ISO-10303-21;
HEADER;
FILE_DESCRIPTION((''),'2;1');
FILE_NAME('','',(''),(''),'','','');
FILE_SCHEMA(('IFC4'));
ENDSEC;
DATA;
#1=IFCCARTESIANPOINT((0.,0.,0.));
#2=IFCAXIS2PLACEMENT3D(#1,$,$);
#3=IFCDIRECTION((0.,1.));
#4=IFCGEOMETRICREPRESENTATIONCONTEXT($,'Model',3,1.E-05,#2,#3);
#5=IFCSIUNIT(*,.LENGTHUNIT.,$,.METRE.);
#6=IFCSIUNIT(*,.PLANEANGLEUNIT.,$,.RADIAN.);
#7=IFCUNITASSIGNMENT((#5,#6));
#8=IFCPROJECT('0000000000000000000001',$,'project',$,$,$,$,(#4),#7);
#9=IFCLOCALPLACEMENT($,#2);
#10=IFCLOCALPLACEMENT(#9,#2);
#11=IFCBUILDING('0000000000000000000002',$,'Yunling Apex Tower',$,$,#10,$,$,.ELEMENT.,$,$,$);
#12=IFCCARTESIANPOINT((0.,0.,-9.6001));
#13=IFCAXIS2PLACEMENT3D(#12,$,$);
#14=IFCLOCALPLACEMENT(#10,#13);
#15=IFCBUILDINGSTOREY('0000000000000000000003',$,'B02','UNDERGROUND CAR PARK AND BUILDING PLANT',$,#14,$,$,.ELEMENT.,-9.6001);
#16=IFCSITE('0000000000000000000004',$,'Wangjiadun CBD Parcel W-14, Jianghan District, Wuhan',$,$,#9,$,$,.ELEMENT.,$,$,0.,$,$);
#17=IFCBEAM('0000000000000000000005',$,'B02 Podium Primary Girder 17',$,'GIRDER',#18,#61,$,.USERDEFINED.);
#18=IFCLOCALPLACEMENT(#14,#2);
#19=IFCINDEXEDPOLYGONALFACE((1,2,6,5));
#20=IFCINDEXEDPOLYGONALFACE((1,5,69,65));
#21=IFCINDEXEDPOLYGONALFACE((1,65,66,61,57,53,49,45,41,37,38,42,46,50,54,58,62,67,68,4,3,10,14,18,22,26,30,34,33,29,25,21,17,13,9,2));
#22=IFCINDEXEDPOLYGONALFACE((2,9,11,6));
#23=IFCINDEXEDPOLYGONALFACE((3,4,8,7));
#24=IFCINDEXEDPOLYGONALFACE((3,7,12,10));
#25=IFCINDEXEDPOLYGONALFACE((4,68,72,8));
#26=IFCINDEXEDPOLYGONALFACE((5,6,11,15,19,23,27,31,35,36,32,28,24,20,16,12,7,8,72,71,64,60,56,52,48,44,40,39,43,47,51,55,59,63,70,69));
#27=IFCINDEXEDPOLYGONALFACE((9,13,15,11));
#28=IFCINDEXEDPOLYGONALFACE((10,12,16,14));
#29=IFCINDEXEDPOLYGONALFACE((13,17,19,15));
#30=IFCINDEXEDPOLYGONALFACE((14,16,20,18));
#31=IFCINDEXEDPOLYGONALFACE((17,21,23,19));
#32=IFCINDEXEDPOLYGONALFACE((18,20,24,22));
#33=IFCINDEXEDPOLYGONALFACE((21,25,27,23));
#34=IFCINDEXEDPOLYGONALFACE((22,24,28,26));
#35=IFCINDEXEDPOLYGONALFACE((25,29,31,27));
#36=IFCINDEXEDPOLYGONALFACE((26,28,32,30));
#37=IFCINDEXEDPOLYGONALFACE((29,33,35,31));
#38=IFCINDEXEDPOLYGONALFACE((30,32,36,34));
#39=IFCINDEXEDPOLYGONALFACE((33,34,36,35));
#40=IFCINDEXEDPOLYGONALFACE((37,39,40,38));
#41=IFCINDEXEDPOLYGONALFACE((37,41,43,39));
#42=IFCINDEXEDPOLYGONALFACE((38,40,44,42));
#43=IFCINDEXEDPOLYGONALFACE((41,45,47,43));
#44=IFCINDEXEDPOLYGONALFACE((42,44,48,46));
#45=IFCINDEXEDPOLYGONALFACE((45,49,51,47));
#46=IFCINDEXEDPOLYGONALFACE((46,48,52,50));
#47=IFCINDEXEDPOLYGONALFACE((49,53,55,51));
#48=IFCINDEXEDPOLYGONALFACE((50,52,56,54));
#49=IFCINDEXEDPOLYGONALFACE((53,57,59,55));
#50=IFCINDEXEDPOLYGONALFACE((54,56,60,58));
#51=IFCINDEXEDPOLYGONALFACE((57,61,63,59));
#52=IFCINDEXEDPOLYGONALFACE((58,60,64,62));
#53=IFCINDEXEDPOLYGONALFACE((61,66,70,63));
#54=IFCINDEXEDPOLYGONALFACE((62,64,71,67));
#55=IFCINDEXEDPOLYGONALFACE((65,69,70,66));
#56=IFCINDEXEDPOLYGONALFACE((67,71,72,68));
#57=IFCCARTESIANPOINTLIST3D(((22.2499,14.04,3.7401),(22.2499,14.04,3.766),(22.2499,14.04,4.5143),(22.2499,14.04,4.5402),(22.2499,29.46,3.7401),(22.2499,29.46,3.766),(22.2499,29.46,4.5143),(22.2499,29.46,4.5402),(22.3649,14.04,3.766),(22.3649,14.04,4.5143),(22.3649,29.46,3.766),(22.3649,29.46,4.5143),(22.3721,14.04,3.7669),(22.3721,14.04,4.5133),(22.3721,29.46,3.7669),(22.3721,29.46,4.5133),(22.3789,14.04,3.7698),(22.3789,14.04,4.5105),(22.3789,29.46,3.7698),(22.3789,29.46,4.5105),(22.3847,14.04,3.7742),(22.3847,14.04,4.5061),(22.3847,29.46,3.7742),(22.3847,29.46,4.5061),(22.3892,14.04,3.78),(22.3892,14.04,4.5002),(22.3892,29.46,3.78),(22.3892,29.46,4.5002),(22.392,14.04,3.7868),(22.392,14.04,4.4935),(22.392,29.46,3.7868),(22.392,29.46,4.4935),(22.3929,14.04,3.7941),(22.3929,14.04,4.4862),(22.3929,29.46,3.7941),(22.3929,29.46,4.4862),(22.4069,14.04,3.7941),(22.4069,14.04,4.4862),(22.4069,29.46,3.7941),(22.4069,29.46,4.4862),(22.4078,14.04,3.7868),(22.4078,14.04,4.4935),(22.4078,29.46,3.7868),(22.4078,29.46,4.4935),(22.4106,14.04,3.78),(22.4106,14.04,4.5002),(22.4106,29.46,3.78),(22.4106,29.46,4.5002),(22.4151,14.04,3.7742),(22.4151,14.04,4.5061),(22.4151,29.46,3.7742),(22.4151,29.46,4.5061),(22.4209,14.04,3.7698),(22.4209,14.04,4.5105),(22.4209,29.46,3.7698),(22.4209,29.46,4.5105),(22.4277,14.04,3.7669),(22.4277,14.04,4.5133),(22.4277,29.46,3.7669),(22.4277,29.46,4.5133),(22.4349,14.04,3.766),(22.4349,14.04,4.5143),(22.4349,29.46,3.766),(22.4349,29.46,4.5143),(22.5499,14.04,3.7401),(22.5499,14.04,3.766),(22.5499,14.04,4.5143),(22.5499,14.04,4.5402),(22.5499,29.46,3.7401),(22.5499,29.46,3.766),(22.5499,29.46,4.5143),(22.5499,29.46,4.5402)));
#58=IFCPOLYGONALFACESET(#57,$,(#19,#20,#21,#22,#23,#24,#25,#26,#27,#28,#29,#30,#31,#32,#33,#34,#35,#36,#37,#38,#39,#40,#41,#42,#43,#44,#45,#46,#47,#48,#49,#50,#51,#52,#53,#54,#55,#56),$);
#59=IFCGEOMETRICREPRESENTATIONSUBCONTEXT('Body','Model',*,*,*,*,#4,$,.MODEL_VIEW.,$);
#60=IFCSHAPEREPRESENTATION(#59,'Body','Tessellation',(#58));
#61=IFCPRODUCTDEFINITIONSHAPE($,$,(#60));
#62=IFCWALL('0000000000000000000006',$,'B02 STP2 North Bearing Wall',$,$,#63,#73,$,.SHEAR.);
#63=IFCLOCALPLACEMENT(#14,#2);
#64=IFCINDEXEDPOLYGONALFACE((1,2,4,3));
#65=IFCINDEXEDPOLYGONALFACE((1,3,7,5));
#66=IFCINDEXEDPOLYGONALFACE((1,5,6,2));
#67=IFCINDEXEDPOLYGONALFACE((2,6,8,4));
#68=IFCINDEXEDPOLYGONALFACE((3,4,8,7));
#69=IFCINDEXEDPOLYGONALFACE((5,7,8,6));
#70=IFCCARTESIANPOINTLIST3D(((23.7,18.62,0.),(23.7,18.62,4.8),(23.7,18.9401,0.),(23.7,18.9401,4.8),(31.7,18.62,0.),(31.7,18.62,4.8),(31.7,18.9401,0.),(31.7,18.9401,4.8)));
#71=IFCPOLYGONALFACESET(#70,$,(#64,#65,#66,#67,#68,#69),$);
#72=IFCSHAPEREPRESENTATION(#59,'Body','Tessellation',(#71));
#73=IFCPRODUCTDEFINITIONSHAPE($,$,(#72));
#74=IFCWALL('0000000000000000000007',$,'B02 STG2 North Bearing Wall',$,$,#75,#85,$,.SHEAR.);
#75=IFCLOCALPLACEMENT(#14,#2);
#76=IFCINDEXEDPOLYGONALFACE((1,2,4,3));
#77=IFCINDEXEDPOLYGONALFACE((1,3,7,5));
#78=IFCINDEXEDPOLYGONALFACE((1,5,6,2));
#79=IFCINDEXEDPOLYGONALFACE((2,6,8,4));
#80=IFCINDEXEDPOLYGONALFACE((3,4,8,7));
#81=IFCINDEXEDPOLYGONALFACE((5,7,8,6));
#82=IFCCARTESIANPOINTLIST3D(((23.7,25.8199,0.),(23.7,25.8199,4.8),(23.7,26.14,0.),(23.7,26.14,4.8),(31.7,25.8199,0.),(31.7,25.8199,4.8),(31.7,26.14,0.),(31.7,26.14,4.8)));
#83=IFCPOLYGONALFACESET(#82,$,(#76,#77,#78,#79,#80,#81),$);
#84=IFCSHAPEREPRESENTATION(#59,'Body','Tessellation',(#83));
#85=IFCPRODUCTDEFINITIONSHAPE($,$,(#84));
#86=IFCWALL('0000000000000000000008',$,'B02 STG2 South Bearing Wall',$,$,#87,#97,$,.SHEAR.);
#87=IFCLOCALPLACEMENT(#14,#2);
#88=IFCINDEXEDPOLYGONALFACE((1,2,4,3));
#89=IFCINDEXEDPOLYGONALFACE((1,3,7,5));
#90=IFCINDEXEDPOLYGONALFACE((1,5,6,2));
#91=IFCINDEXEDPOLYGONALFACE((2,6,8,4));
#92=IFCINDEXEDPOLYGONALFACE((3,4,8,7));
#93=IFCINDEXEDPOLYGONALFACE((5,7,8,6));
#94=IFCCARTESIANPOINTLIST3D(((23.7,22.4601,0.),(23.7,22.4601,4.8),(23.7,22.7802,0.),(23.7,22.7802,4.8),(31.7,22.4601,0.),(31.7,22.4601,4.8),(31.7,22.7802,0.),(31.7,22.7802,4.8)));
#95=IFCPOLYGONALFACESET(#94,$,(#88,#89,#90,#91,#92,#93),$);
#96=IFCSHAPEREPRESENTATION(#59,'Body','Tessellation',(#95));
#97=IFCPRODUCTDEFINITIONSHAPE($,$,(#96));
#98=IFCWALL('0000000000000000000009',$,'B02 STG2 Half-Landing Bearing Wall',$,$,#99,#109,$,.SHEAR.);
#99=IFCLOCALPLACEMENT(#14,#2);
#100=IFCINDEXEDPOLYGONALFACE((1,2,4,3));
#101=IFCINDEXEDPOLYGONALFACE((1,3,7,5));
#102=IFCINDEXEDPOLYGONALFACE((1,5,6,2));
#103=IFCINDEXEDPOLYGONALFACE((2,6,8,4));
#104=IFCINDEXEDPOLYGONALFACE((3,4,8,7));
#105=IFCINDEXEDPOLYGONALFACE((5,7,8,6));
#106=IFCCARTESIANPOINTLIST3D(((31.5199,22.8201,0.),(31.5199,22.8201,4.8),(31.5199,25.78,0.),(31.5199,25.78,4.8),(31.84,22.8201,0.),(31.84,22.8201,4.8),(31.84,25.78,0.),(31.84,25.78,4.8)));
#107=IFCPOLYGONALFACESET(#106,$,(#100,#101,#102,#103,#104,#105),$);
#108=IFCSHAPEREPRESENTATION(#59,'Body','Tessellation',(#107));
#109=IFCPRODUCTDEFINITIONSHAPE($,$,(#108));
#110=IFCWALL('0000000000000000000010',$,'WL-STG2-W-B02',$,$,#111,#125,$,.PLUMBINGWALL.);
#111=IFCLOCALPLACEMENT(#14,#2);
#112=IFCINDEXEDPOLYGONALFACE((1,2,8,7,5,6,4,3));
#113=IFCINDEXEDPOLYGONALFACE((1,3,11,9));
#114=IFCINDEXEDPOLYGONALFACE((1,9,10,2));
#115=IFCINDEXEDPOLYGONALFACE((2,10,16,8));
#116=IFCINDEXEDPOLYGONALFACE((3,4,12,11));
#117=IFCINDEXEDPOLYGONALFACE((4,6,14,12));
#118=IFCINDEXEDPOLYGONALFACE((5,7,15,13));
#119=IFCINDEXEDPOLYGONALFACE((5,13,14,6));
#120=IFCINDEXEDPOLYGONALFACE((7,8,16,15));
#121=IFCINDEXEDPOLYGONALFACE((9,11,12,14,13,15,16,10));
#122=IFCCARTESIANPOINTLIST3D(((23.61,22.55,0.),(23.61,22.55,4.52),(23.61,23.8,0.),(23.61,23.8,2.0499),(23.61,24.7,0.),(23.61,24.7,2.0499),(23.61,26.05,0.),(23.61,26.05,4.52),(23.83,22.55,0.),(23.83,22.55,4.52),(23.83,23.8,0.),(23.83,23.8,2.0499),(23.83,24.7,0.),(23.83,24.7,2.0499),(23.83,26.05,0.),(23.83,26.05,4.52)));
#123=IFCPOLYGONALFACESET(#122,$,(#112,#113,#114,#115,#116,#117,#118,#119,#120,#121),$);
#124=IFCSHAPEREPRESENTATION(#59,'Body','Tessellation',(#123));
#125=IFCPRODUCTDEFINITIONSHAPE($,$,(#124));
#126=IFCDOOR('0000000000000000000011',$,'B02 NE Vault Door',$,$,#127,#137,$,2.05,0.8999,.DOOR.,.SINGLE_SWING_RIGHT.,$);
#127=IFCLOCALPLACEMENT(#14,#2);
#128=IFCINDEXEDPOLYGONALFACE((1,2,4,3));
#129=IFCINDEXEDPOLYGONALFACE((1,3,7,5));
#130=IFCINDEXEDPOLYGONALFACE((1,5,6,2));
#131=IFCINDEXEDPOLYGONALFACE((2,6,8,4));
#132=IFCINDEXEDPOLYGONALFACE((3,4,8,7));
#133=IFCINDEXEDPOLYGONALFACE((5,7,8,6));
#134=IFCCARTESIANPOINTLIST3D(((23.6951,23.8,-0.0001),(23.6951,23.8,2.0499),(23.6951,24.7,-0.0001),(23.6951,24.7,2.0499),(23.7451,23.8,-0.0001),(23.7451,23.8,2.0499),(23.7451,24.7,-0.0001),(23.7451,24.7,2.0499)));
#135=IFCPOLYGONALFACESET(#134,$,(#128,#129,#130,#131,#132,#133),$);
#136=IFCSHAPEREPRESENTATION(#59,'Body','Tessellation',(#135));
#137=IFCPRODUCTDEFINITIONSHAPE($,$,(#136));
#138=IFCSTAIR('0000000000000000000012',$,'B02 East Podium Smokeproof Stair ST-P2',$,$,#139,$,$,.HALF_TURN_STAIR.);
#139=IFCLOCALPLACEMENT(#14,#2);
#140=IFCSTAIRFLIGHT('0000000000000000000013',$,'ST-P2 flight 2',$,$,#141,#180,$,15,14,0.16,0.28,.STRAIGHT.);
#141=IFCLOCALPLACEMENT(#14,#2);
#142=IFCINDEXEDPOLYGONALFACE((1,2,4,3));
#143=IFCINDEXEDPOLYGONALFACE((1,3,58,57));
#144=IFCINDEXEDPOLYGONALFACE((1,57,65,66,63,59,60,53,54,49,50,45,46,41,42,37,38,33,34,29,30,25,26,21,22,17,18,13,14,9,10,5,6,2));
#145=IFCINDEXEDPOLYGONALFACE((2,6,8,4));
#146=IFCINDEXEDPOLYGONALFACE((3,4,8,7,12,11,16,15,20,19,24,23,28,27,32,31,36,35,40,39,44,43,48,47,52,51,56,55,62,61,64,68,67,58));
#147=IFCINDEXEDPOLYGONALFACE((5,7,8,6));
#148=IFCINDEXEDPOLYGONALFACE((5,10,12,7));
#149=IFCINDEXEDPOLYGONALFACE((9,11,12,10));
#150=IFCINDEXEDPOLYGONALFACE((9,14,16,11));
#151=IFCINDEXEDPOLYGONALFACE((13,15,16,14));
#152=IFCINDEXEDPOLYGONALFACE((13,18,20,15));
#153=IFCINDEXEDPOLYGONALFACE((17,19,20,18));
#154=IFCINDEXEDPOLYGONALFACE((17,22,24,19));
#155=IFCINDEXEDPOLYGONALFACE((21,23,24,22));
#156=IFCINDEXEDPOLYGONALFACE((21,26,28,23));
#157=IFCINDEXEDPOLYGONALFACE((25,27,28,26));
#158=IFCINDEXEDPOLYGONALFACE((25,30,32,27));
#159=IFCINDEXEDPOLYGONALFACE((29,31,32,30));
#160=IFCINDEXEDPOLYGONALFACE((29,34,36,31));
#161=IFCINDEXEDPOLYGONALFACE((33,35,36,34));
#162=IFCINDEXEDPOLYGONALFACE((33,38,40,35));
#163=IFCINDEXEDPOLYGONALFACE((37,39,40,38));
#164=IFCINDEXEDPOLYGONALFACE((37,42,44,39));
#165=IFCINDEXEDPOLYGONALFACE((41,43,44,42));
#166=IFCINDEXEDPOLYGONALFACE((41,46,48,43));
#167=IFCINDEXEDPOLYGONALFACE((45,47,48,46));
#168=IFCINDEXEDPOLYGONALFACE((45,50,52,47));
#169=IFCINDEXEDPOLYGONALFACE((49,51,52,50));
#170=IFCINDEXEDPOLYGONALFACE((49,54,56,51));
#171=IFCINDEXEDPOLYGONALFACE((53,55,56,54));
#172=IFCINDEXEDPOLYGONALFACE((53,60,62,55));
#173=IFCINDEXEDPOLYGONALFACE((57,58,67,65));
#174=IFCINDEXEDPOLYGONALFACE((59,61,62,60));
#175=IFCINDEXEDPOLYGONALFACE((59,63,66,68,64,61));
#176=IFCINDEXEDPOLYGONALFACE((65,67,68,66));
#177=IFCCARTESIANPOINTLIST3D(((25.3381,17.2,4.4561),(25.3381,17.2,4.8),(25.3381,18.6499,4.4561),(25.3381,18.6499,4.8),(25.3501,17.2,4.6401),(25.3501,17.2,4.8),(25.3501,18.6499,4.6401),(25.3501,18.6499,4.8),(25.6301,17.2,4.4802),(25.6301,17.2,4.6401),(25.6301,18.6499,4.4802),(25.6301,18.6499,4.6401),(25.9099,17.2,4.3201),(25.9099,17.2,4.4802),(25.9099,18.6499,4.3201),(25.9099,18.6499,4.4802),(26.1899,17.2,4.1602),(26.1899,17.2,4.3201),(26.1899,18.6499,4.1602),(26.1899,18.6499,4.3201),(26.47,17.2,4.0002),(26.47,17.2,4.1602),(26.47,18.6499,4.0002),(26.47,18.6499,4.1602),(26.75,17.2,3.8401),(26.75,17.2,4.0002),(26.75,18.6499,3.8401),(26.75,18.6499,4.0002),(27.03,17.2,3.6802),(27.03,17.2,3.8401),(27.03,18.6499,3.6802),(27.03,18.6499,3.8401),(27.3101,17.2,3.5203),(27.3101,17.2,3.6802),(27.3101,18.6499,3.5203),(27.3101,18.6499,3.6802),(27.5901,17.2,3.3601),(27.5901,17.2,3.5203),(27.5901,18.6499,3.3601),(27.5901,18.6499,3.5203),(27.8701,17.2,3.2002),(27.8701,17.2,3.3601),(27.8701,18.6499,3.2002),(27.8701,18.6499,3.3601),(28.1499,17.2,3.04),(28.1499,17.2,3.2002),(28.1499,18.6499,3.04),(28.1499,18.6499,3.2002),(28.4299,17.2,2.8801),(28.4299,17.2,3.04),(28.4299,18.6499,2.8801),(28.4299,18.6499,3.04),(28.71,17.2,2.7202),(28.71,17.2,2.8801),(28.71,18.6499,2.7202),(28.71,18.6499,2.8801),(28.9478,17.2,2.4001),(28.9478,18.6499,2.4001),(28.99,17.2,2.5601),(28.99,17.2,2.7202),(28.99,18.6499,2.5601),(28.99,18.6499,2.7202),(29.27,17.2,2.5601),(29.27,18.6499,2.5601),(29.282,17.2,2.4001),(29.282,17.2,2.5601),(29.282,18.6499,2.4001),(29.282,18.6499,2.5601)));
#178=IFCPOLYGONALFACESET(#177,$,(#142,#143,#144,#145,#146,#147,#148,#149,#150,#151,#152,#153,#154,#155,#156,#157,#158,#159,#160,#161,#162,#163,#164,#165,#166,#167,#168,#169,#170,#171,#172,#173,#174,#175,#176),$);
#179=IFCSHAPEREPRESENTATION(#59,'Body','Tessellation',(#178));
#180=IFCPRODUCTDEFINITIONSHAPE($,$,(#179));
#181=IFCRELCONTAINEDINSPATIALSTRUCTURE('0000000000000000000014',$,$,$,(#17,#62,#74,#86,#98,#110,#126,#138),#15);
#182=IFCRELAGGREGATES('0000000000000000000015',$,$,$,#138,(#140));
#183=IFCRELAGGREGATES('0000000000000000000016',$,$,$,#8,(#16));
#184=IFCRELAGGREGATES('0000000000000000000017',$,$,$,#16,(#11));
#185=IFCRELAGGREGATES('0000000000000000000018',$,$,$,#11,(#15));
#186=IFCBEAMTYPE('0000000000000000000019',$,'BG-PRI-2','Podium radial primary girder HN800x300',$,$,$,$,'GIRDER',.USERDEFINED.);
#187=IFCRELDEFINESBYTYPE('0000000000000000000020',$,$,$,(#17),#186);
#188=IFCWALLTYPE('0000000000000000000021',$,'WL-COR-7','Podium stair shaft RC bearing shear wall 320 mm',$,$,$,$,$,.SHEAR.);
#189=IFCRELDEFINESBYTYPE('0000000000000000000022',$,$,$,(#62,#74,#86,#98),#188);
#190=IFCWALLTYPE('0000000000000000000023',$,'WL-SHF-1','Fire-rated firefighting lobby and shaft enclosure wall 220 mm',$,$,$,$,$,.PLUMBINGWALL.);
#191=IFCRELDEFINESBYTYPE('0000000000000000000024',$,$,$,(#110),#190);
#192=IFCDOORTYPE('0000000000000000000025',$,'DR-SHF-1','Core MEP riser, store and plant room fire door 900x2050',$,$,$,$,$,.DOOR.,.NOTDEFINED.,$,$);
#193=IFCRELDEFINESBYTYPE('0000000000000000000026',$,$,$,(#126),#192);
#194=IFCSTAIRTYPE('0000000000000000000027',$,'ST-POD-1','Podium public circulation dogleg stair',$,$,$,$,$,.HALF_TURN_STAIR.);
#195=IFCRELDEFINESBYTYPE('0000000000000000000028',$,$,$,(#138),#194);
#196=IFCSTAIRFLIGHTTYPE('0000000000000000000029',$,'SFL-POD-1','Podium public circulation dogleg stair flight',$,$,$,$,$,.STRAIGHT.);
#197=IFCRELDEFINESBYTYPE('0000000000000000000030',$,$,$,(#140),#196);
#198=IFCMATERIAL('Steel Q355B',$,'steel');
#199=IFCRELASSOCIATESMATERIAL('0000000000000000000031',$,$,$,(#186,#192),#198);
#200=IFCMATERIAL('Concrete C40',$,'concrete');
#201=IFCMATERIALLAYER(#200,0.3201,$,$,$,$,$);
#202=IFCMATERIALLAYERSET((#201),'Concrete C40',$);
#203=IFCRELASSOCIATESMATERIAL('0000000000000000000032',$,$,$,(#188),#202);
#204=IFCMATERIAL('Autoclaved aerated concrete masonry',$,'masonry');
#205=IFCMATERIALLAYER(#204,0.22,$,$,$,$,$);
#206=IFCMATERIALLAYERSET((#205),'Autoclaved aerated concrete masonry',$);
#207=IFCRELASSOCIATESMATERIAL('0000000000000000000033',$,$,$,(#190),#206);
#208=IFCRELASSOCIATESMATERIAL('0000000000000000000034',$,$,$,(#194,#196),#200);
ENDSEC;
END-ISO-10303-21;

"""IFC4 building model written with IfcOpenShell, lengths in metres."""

from ifc_helpers import new_model, si_unit, direction, frame, frame_2d, origin, origin_2d, place, context, subcontext, project, spatial, polyline, rectangle, i_section, outline, extrude, source, transform, mapped, material, layer, layer_set, material_profile, profile_set, type_object, element, fill, aggregate, save


model = new_model("IFC4")

# Units and contexts
model_context = context("Model", 3, precision=1e-05, world=origin(), true_north=direction((0.0, 1.0)))
body_context = subcontext(model_context, "Body", "Model", "MODEL_VIEW")
ifc_project = project(units=[si_unit("LENGTHUNIT", "METRE"), si_unit("PLANEANGLEUNIT", "RADIAN")], contexts=[model_context])

# Site, building, storey
site_placement = place(None, origin())
site = spatial("IfcSite", under=ifc_project, at=site_placement, Name="Wangjiadun CBD Parcel W-14, Jianghan District, Wuhan", CompositionType="ELEMENT", RefElevation=0.0)
building_placement = place(site_placement, origin())
building = spatial("IfcBuilding", under=site, at=building_placement, Name="Yunling Apex Tower", CompositionType="ELEMENT")
storey_placement = place(building_placement, frame((0.0, 0.0, -9.6001)))
storey = spatial("IfcBuildingStorey", under=building, at=storey_placement, Name="B02", Description="UNDERGROUND CAR PARK AND BUILDING PLANT", CompositionType="ELEMENT", Elevation=-9.6001)

# Beam
ifc_material_1 = material(Name="Steel Q355B", Category="steel")
ifc_material_profile_1 = material_profile(ifc_material_1, i_section(OverallWidth=0.3, OverallDepth=0.8, WebThickness=0.0139, FlangeThickness=0.0259, FilletRadius=0.0281, at=origin_2d()))
ifc_profile_set_1 = profile_set([ifc_material_profile_1], Name="Steel Q355B")
beam_type_1 = type_object("IfcBeamType", Name="BG-PRI-2", Description="Podium radial primary girder HN800x300", ElementType="GIRDER", PredefinedType="USERDEFINED", material=ifc_profile_set_1)
shared_shape_1 = source(origin(), body_context, "Body", "SweptSolid", [
    extrude(i_section(OverallWidth=0.3, OverallDepth=0.8, WebThickness=0.0139, FlangeThickness=0.0259, FilletRadius=0.0281, at=origin_2d()), origin(), (0.0, 0.0, 1.0), 15.4199),
])
beam_1_placement = place(storey_placement, frame((22.3999, 29.46, 4.1401), z_axis=(0.0, -1.0, 0.0), x_axis=(1.0, 0.0, 0.0)))
element("IfcBeam", 1, at=beam_1_placement, inside=storey, type_object=beam_type_1, Name="B02 Podium Primary Girder 17", ObjectType="GIRDER", PredefinedType="USERDEFINED", context=body_context, shape_type="MappedRepresentation", body=[
    mapped(shared_shape_1, transform((0.0, 0.0, 0.0), scale=1.0)),
])

# Walls
ifc_material_2 = material(Name="Concrete C40", Category="concrete")
ifc_layer_1 = layer(ifc_material_2, 0.3201)
ifc_layer_set_1 = layer_set([ifc_layer_1], Name="Concrete C40")
wall_type_1 = type_object("IfcWallType", Name="WL-COR-7", Description="Podium stair shaft RC bearing shear wall 320 mm", PredefinedType="SHEAR", material=ifc_layer_set_1)
for number, where, z_axis, x_axis, name in (
    (2, (23.7, 18.78, 0.0), (0.0, 0.0, 1.0), (1.0, 0.0, 0.0), "B02 STP2 North Bearing Wall"),
    (3, (23.7, 25.98, 0.0), (0.0, 0.0, 1.0), (1.0, 0.0, 0.0), "B02 STG2 North Bearing Wall"),
    (4, (23.7, 22.6201, 0.0), (0.0, 0.0, 1.0), (1.0, 0.0, 0.0), "B02 STG2 South Bearing Wall"),
):
    element("IfcWall", number, at=place(storey_placement, frame(where, z_axis=z_axis, x_axis=x_axis)), inside=storey, type_object=wall_type_1, Name=name, PredefinedType="SHEAR", context=body_context, shape_type="SweptSolid", body=[
        extrude(rectangle(XDim=8.0, YDim=0.3201, at=frame_2d((4.0, 0.0))), origin(), (0.0, 0.0, 1.0), 4.8),
    ])
wall_1_placement = place(storey_placement, frame((31.6799, 22.8201, 0.0), z_axis=(0.0, 0.0, 1.0), x_axis=(0.0, 1.0, 0.0)))
element("IfcWall", 5, at=wall_1_placement, inside=storey, type_object=wall_type_1, Name="B02 STG2 Half-Landing Bearing Wall", PredefinedType="SHEAR", context=body_context, shape_type="SweptSolid", body=[
    extrude(rectangle(XDim=2.96, YDim=0.3201, at=frame_2d((1.48, 0.0))), origin(), (0.0, 0.0, 1.0), 4.8),
])

# Wall, opening, door
ifc_material_3 = material(Name="Autoclaved aerated concrete masonry", Category="masonry")
ifc_layer_2 = layer(ifc_material_3, 0.22)
ifc_layer_set_2 = layer_set([ifc_layer_2], Name="Autoclaved aerated concrete masonry")
wall_type_2 = type_object("IfcWallType", Name="WL-SHF-1", Description="Fire-rated firefighting lobby and shaft enclosure wall 220 mm", PredefinedType="PLUMBINGWALL", material=ifc_layer_set_2)
wall_2_placement = place(storey_placement, frame((23.72, 22.55, 0.0), z_axis=(0.0, 0.0, 1.0), x_axis=(0.0, 1.0, 0.0)))
wall_2 = element("IfcWall", 6, at=wall_2_placement, inside=storey, type_object=wall_type_2, Name="WL-STG2-W-B02", PredefinedType="PLUMBINGWALL", context=body_context, shape_type="SweptSolid", body=[
    extrude(rectangle(XDim=3.5, YDim=0.22, at=frame_2d((1.75, 0.0))), origin(), (0.0, 0.0, 1.0), 4.52),
])
opening_placement = place(wall_2_placement, frame((1.25, 0.0, 0.0)))
opening = element("IfcOpeningElement", 7, at=opening_placement, cuts=wall_2, PredefinedType="OPENING", context=body_context, shape_type="SweptSolid", body=[
    extrude(rectangle(XDim=0.8999, YDim=2.05, at=frame_2d((0.45, 1.0249))), frame((0.0, 0.1201, 0.0), z_axis=(0.0, -1.0, 0.0), x_axis=(1.0, 0.0, 0.0)), (0.0, 0.0, 1.0), 0.24),
])
door_type = type_object("IfcDoorType", Name="DR-SHF-1", Description="Core MEP riser, store and plant room fire door 900x2050", OperationType="NOTDEFINED", PredefinedType="DOOR", material=ifc_material_1)
door_placement = place(opening_placement, origin())
door = element("IfcDoor", 8, at=door_placement, inside=storey, type_object=door_type, Name="B02 NE Vault Door", OperationType="SINGLE_SWING_RIGHT", OverallHeight=2.05, OverallWidth=0.8999, PredefinedType="DOOR", context=body_context, shape_type="SweptSolid", body=[
    extrude(rectangle(XDim=0.8999, YDim=2.05, at=frame_2d((0.45, 1.0249))), frame((0.0, 0.0249, 0.0), z_axis=(0.0, -1.0, 0.0), x_axis=(1.0, 0.0, 0.0)), (0.0, 0.0, 1.0), 0.05),
])
fill(opening, door)

# Stair, stair flight
stair_type = type_object("IfcStairType", Name="ST-POD-1", Description="Podium public circulation dogleg stair", PredefinedType="HALF_TURN_STAIR", material=ifc_material_2)
stair_placement = place(storey_placement, origin())
stair = element("IfcStair", 9, at=stair_placement, inside=storey, type_object=stair_type, Name="B02 East Podium Smokeproof Stair ST-P2", PredefinedType="HALF_TURN_STAIR")
stair_flight_type = type_object("IfcStairFlightType", Name="SFL-POD-1", Description="Podium public circulation dogleg stair flight", PredefinedType="STRAIGHT", material=ifc_material_2)
stair_flight_placement = place(storey_placement, frame((29.27, 17.925, 2.4001), z_axis=(0.0, 0.0, 1.0), x_axis=(-1.0, 0.0, 0.0)))
stair_flight = element("IfcStairFlight", 10, at=stair_flight_placement, type_object=stair_flight_type, Name="ST-P2 flight 2", NumberOfRisers=15, NumberOfTreads=14, PredefinedType="STRAIGHT", RiserHeight=0.16, TreadLength=0.28, context=body_context, shape_type="SweptSolid", body=[
    extrude(outline(polyline([(-0.012, 0.0), (-0.012, 0.1599), (0.0, 0.1599), (0.28, 0.1599), (0.28, 0.3201), (0.5601, 0.3201), (0.5601, 0.48), (0.8401, 0.48), (0.8401, 0.6399), (1.1201, 0.6399), (1.1201, 0.8), (1.3999, 0.8), (1.3999, 0.96), (1.6799, 0.96), (1.6799, 1.1201), (1.96, 1.1201), (1.96, 1.28), (2.24, 1.28), (2.24, 1.4399), (2.52, 1.4399), (2.52, 1.6001), (2.8, 1.6001), (2.8, 1.76), (3.0801, 1.76), (3.0801, 1.9199), (3.3601, 1.9199), (3.3601, 2.0801), (3.6399, 2.0801), (3.6399, 2.24), (3.9199, 2.24), (3.9199, 2.3999), (3.9319, 2.3999), (3.9319, 2.0559), (0.3223, 0.0), (-0.012, 0.0)])), frame((0.0, 0.7251, 0.0), z_axis=(0.0, -1.0, 0.0), x_axis=(1.0, 0.0, 0.0)), (0.0, 0.0, 1.0), 1.45),
])
aggregate(stair, [stair_flight])

save(model, "model.ifc")
